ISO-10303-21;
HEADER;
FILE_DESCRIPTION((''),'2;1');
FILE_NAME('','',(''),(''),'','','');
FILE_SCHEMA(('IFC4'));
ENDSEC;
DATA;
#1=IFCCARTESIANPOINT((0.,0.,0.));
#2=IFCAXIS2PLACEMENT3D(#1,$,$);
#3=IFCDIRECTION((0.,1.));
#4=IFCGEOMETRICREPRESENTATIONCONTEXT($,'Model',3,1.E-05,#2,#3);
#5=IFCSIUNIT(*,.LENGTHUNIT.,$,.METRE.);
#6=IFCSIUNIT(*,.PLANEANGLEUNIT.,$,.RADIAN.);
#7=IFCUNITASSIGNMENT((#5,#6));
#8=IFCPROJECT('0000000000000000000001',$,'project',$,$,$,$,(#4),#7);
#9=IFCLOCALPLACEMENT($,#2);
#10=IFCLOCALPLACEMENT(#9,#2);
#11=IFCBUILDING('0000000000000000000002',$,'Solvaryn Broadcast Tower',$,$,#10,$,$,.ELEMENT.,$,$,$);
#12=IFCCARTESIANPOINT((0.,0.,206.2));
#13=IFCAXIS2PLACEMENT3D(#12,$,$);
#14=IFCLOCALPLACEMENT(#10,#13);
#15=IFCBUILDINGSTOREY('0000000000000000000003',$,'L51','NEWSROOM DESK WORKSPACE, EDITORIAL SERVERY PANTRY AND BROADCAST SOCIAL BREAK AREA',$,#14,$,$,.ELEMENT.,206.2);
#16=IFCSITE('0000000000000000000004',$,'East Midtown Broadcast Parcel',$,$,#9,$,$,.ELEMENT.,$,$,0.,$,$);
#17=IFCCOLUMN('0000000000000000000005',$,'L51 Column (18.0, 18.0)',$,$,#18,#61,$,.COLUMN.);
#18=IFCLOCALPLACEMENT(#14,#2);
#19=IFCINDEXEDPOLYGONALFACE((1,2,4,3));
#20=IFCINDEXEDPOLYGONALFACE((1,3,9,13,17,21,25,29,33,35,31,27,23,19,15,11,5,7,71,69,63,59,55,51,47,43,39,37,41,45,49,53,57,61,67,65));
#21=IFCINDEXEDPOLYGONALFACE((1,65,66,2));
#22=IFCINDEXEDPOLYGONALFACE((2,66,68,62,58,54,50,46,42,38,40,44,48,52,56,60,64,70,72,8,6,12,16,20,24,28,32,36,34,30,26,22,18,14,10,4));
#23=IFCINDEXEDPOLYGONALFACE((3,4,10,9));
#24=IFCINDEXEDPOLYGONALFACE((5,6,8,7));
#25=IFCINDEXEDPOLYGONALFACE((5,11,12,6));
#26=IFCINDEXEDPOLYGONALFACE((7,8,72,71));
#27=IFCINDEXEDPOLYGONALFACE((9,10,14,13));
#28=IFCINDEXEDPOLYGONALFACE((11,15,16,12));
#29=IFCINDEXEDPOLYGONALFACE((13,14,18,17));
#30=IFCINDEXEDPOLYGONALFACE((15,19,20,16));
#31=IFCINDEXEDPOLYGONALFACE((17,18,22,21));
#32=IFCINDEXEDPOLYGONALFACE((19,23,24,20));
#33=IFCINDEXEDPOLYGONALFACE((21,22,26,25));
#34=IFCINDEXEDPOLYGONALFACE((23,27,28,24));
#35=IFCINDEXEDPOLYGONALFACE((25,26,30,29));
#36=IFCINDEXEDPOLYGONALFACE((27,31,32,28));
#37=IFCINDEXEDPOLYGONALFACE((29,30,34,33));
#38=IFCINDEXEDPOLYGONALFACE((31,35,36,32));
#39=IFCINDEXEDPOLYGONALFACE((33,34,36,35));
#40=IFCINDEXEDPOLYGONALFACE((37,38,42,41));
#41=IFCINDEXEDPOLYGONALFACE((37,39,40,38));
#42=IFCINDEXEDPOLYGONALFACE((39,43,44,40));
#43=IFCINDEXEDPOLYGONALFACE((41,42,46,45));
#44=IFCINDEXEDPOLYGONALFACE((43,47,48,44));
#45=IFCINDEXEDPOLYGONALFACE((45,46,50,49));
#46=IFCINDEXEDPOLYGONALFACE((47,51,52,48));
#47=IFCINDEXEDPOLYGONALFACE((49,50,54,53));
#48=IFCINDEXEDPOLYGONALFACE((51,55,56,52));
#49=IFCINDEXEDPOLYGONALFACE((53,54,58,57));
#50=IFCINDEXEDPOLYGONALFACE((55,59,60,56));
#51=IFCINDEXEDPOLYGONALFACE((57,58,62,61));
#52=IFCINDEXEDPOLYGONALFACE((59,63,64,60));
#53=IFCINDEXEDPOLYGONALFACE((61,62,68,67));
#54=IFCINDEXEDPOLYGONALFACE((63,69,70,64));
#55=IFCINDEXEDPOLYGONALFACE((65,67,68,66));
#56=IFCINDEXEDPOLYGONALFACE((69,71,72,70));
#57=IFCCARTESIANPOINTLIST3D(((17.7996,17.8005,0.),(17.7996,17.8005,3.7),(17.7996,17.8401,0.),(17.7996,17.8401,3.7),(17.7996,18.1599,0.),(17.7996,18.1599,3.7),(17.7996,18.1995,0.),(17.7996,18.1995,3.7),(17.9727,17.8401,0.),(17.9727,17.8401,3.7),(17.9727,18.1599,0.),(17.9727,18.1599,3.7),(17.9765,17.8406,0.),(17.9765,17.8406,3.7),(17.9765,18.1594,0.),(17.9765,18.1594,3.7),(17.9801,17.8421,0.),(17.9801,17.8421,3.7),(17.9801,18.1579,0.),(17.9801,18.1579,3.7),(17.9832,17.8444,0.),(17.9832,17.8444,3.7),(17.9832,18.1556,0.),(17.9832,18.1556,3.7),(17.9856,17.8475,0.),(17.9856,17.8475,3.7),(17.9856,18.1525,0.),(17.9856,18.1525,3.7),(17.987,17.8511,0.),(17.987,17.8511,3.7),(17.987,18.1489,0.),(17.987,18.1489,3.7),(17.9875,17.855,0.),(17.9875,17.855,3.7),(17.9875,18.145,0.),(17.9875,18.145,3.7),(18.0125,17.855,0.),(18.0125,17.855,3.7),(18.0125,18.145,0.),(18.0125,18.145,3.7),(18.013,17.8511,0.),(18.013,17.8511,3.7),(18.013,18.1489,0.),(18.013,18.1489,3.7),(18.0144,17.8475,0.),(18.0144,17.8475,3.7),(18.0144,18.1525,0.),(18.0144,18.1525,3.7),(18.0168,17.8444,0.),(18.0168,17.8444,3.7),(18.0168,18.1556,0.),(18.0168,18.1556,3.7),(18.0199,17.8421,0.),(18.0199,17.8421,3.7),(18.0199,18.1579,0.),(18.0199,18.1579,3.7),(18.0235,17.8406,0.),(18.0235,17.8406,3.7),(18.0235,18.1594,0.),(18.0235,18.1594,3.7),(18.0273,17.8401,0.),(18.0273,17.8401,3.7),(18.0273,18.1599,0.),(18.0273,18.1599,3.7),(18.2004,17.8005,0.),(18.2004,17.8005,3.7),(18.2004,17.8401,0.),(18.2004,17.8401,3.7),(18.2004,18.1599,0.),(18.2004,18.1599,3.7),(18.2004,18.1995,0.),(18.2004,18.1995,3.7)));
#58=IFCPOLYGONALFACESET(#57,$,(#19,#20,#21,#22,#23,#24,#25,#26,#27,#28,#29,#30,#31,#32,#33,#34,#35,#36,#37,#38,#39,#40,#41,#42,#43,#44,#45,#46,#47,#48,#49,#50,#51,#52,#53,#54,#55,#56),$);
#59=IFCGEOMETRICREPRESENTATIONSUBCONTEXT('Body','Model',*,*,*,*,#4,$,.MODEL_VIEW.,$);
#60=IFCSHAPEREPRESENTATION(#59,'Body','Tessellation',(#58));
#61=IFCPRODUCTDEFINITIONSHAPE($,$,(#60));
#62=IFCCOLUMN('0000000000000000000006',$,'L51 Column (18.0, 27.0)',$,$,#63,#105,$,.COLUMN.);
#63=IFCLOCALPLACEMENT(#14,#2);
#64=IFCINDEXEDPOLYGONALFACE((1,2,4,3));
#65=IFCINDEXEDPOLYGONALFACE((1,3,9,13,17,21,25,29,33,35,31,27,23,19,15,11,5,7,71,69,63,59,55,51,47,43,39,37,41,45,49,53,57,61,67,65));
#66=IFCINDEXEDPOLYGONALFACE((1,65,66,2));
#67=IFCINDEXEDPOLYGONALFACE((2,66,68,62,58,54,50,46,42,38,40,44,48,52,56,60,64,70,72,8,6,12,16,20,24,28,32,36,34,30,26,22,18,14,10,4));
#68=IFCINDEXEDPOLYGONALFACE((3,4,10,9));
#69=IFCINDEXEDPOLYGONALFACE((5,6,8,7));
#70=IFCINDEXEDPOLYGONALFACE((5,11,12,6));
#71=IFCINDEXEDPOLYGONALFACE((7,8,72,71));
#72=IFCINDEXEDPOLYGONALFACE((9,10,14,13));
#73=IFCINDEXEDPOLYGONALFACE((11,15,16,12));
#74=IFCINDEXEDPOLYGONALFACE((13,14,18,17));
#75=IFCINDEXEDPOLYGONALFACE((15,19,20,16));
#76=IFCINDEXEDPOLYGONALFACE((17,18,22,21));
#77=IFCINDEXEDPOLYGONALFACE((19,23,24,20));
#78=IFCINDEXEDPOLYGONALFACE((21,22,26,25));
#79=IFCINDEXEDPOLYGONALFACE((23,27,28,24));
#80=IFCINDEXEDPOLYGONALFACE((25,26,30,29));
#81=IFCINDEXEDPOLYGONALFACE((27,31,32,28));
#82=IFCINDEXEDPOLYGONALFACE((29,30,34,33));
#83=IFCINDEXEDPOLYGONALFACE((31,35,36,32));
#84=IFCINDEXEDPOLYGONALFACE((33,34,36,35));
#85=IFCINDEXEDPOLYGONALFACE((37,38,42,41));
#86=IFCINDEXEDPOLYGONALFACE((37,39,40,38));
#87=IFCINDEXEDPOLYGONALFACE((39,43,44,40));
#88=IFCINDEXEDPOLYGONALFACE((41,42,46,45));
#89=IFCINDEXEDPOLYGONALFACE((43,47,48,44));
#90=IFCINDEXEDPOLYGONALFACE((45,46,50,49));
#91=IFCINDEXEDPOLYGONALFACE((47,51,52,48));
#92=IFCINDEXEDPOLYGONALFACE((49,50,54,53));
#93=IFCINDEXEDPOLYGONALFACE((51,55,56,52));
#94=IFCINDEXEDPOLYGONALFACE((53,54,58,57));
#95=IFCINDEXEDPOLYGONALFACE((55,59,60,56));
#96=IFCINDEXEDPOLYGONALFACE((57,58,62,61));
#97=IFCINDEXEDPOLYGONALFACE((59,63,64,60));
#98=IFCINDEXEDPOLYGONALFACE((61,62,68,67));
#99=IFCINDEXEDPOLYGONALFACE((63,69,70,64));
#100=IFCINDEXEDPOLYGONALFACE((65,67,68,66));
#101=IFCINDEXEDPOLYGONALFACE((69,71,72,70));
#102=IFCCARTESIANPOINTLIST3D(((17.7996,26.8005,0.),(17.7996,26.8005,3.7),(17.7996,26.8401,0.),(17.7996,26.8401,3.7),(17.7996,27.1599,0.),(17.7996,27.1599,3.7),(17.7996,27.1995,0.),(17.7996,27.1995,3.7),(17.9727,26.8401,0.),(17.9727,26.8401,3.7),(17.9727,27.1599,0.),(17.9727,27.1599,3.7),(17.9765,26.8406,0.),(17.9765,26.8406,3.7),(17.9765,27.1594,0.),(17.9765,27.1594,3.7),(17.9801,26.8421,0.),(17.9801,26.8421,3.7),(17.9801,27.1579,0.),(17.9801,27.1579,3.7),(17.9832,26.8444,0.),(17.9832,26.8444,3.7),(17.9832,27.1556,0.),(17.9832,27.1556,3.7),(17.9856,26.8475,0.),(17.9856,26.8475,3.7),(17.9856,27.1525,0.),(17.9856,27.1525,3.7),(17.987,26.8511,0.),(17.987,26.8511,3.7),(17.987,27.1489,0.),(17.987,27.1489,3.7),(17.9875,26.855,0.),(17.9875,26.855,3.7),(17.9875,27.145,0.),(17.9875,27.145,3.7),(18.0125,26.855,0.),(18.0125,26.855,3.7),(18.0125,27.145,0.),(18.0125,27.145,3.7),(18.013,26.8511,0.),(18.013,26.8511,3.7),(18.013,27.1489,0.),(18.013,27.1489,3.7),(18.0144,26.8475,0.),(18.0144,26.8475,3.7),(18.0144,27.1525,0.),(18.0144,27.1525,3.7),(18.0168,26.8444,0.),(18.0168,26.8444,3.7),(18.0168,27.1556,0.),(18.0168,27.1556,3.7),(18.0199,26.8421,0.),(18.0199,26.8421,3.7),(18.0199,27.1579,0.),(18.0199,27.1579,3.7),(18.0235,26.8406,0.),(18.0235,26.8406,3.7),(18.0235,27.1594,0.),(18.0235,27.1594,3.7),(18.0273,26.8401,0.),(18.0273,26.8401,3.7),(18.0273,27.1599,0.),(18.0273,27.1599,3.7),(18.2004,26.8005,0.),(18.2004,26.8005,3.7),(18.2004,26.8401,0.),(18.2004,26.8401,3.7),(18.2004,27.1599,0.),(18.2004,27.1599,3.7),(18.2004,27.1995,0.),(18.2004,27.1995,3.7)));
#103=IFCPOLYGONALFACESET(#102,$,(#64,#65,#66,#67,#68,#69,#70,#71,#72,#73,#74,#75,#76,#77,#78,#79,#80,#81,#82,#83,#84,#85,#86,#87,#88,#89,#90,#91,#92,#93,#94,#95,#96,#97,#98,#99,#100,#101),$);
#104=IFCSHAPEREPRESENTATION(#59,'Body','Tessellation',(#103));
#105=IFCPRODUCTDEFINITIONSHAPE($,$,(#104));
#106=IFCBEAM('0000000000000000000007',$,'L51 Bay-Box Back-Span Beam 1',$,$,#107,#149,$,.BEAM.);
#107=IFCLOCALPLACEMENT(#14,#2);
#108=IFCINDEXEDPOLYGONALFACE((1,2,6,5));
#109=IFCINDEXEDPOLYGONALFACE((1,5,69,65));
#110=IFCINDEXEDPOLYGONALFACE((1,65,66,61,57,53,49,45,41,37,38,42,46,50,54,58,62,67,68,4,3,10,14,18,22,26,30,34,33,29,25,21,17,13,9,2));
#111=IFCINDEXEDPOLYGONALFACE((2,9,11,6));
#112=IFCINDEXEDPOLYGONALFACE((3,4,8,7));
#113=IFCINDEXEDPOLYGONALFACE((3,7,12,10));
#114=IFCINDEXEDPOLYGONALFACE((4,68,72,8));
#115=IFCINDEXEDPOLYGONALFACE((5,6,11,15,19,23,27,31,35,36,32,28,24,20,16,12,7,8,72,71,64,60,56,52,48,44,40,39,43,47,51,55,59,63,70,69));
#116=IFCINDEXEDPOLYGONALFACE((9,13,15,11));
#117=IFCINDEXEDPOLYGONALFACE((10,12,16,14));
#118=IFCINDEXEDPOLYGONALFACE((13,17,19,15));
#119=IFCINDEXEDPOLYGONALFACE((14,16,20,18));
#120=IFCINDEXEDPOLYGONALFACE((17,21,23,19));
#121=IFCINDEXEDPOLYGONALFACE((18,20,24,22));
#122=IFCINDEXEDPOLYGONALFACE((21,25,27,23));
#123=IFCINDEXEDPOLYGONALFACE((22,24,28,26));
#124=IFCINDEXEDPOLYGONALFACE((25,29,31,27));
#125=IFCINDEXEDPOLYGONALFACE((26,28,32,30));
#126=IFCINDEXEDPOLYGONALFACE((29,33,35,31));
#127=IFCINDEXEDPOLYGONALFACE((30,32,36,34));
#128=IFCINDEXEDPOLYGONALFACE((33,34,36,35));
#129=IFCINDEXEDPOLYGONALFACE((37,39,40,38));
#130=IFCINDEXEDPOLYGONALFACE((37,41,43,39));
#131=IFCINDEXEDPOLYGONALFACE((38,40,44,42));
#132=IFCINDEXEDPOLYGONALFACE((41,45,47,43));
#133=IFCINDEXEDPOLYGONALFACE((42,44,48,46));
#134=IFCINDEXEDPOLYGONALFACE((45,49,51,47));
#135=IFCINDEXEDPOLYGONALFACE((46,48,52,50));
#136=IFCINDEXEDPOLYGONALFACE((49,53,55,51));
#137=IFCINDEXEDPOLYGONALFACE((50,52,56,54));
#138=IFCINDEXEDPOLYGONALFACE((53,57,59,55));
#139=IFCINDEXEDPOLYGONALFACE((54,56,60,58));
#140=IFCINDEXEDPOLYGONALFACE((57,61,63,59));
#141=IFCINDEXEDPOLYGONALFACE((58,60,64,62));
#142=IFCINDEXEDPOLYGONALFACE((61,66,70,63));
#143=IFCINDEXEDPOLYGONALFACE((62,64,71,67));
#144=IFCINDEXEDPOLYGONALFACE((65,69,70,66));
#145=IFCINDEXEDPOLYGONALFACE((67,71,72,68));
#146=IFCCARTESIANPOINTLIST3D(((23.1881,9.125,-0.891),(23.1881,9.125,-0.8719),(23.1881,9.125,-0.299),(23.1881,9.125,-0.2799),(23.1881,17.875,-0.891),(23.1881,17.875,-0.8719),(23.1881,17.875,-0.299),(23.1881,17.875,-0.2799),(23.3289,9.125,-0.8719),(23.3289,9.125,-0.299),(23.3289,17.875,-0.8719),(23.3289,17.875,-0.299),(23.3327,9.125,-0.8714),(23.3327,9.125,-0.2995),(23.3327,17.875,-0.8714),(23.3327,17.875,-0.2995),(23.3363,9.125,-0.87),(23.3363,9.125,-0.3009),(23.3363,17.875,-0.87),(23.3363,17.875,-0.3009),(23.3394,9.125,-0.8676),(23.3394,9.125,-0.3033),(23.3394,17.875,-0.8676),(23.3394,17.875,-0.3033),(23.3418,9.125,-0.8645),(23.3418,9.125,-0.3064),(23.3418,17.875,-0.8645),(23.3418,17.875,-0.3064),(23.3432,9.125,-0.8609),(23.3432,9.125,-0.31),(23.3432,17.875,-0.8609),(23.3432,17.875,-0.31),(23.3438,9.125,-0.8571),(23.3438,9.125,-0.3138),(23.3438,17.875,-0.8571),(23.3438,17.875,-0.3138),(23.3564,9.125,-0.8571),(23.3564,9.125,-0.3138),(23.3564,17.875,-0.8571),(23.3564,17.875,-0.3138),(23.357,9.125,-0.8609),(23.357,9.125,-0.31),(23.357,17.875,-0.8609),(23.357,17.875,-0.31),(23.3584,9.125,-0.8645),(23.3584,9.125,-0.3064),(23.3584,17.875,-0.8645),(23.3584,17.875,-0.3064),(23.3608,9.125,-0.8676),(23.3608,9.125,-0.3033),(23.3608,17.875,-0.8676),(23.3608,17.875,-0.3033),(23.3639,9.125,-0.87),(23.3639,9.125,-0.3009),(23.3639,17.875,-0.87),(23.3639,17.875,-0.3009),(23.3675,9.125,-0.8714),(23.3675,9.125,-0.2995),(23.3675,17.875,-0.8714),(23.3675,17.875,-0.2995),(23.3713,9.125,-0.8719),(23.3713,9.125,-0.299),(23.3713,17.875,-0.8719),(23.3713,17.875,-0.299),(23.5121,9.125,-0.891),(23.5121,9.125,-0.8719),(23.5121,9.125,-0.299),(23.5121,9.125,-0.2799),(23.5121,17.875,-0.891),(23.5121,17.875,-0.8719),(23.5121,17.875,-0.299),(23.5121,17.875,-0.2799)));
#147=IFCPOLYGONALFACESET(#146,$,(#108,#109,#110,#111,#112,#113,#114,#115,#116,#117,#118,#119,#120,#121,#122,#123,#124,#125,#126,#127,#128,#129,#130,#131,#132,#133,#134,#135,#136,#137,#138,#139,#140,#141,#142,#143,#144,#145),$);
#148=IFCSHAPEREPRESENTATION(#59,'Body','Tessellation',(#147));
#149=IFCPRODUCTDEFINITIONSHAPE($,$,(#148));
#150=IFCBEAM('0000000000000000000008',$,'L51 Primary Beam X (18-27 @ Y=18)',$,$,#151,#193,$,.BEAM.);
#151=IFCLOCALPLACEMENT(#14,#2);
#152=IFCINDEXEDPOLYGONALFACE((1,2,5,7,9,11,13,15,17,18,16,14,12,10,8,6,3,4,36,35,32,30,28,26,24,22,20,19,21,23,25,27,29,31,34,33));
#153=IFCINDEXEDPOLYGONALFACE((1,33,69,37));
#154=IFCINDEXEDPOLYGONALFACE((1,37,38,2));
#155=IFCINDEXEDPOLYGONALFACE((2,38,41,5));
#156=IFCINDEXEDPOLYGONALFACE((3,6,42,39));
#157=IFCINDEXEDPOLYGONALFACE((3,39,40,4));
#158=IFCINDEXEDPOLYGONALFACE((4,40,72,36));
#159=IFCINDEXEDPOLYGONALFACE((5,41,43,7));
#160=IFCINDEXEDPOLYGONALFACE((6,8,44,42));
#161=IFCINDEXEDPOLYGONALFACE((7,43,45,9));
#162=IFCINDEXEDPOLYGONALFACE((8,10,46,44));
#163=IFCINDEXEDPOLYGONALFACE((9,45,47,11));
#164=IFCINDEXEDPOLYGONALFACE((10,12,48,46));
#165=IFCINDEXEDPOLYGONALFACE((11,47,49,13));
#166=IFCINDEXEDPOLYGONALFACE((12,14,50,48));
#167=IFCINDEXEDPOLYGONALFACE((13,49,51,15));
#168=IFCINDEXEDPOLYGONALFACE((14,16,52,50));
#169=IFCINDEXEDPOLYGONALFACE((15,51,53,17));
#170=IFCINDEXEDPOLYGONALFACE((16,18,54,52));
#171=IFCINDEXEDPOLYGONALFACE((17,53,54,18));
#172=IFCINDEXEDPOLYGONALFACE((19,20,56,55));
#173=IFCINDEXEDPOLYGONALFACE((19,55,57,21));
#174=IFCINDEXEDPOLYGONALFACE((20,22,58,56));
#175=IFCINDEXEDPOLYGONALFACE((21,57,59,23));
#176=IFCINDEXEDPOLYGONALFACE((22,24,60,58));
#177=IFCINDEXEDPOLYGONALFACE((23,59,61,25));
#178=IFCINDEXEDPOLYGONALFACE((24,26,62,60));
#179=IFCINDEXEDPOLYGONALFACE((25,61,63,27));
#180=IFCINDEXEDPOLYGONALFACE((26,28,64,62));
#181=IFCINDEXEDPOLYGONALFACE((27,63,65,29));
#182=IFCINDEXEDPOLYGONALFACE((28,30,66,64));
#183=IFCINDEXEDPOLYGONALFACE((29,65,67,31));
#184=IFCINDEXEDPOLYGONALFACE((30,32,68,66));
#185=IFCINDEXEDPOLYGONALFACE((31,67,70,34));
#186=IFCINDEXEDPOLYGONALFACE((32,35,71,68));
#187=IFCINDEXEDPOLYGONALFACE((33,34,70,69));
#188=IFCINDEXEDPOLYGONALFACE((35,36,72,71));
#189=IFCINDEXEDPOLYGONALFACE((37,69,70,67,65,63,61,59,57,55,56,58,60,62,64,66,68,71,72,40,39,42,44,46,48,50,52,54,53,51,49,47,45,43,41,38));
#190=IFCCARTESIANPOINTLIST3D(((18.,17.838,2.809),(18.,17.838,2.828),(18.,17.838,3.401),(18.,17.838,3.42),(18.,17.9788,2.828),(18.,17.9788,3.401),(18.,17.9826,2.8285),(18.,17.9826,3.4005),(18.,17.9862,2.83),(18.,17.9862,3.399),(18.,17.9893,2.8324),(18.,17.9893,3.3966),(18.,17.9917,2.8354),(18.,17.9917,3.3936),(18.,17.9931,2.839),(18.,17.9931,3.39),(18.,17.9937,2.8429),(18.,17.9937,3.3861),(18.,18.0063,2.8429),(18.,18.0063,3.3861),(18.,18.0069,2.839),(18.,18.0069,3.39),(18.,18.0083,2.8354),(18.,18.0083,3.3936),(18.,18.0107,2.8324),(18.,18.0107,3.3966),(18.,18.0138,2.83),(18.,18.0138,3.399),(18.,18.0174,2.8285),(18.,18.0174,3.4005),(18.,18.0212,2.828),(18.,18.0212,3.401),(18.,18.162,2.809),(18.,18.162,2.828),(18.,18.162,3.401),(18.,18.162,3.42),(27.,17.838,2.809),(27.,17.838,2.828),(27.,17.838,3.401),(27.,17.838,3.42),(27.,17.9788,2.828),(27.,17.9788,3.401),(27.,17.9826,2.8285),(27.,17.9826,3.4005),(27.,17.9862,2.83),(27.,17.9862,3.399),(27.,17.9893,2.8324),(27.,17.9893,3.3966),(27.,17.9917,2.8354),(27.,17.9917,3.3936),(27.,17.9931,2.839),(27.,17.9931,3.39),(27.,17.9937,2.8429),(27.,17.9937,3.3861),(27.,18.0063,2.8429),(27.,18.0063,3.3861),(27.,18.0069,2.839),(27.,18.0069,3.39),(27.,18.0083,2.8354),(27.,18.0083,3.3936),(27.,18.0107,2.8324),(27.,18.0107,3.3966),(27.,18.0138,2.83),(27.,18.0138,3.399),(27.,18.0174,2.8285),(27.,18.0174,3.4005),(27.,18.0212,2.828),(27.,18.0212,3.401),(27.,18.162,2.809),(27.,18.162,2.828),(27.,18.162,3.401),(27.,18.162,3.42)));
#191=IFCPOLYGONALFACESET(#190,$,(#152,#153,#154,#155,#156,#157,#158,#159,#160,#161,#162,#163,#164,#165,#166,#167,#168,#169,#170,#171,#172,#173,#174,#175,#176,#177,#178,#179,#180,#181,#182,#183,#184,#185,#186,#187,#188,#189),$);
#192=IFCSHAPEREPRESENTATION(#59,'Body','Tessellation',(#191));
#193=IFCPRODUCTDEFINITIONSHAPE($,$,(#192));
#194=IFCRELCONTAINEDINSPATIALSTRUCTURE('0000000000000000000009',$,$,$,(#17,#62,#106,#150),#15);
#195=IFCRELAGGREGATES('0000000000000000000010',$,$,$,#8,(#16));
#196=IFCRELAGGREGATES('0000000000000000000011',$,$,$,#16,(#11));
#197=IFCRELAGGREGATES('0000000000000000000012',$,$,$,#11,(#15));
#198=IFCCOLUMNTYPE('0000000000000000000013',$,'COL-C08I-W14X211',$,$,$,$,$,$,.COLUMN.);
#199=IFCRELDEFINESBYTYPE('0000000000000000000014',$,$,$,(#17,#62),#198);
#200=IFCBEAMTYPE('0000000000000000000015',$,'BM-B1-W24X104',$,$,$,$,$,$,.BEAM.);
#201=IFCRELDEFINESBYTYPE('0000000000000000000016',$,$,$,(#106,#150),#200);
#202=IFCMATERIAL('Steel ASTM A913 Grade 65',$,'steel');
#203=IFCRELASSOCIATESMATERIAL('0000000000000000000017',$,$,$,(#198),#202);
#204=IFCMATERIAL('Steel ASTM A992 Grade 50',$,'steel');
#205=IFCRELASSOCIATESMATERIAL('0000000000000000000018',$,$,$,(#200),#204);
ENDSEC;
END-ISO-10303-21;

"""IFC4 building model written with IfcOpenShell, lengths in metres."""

from ifc_helpers import new_model, si_unit, direction, frame, origin, origin_2d, place, context, subcontext, project, spatial, i_section, extrude, material, material_profile, profile_set, type_object, element, save


model = new_model("IFC4")

# Units and contexts
model_context = context("Model", 3, precision=1e-05, world=origin(), true_north=direction((0.0, 1.0)))
body_context = subcontext(model_context, "Body", "Model", "MODEL_VIEW")
ifc_project = project(units=[si_unit("LENGTHUNIT", "METRE"), si_unit("PLANEANGLEUNIT", "RADIAN")], contexts=[model_context])

# Site, building, storey
site_placement = place(None, origin())
site = spatial("IfcSite", under=ifc_project, at=site_placement, Name="East Midtown Broadcast Parcel", CompositionType="ELEMENT", RefElevation=0.0)
building_placement = place(site_placement, origin())
building = spatial("IfcBuilding", under=site, at=building_placement, Name="Solvaryn Broadcast Tower", CompositionType="ELEMENT")
storey_placement = place(building_placement, frame((0.0, 0.0, 206.2)))
storey = spatial("IfcBuildingStorey", under=building, at=storey_placement, Name="L51", Description="NEWSROOM DESK WORKSPACE, EDITORIAL SERVERY PANTRY AND BROADCAST SOCIAL BREAK AREA", CompositionType="ELEMENT", Elevation=206.2)

# Columns
ifc_material_1 = material(Name="Steel ASTM A913 Grade 65", Category="steel")
ifc_material_profile_1 = material_profile(ifc_material_1, i_section(OverallWidth=0.4009, OverallDepth=0.3989, WebThickness=0.0249, FlangeThickness=0.0396, FilletRadius=0.0149, at=origin_2d()))
ifc_profile_set_1 = profile_set([ifc_material_profile_1], Name="Steel ASTM A913 Grade 65")
column_type = type_object("IfcColumnType", Name="COL-C08I-W14X211", PredefinedType="COLUMN", material=ifc_profile_set_1)
for number, where, z_axis, x_axis, name in (
    (1, (18.0, 18.0, 0.0), (0.0, 0.0, 1.0), (1.0, 0.0, 0.0), "L51 Column (18.0, 18.0)"),
    (2, (18.0, 27.0, 0.0), (0.0, 0.0, 1.0), (1.0, 0.0, 0.0), "L51 Column (18.0, 27.0)"),
):
    element("IfcColumn", number, at=place(storey_placement, frame(where, z_axis=z_axis, x_axis=x_axis)), inside=storey, type_object=column_type, Name=name, PredefinedType="COLUMN", context=body_context, shape_type="SweptSolid", body=[
        extrude(i_section(OverallWidth=0.4009, OverallDepth=0.3989, WebThickness=0.0249, FlangeThickness=0.0396, FilletRadius=0.0149, at=origin_2d()), origin(), (0.0, 0.0, 1.0), 3.7),
    ])

# Beams
ifc_material_2 = material(Name="Steel ASTM A992 Grade 50", Category="steel")
ifc_material_profile_2 = material_profile(ifc_material_2, i_section(OverallWidth=0.324, OverallDepth=0.6111, WebThickness=0.0127, FlangeThickness=0.019, FilletRadius=0.0149, at=origin_2d()))
ifc_profile_set_2 = profile_set([ifc_material_profile_2], Name="Steel ASTM A992 Grade 50")
beam_type_1 = type_object("IfcBeamType", Name="BM-B1-W24X104", PredefinedType="BEAM", material=ifc_profile_set_2)
beam_1_placement = place(storey_placement, frame((23.3501, 17.875, -0.5854), z_axis=(0.0, -1.0, 0.0), x_axis=(1.0, 0.0, 0.0)))
element("IfcBeam", 3, at=beam_1_placement, inside=storey, type_object=beam_type_1, Name="L51 Bay-Box Back-Span Beam 1", PredefinedType="BEAM", context=body_context, shape_type="SweptSolid", body=[
    extrude(i_section(OverallWidth=0.324, OverallDepth=0.6111, WebThickness=0.0127, FlangeThickness=0.019, FilletRadius=0.0149, at=origin_2d()), origin(), (0.0, 0.0, 1.0), 8.75),
])
for number, where, z_axis, x_axis, name in (
    (4, (18.0, 18.0, 3.1145), (1.0, 0.0, 0.0), (0.0, 1.0, 0.0), "L51 Primary Beam X (18-27 @ Y=18)"),
):
    element("IfcBeam", number, at=place(storey_placement, frame(where, z_axis=z_axis, x_axis=x_axis)), inside=storey, type_object=beam_type_1, Name=name, PredefinedType="BEAM", context=body_context, shape_type="SweptSolid", body=[
        extrude(i_section(OverallWidth=0.324, OverallDepth=0.6111, WebThickness=0.0127, FlangeThickness=0.019, FilletRadius=0.0149, at=origin_2d()), origin(), (0.0, 0.0, 1.0), 9.0),
    ])

save(model, "model.ifc")
